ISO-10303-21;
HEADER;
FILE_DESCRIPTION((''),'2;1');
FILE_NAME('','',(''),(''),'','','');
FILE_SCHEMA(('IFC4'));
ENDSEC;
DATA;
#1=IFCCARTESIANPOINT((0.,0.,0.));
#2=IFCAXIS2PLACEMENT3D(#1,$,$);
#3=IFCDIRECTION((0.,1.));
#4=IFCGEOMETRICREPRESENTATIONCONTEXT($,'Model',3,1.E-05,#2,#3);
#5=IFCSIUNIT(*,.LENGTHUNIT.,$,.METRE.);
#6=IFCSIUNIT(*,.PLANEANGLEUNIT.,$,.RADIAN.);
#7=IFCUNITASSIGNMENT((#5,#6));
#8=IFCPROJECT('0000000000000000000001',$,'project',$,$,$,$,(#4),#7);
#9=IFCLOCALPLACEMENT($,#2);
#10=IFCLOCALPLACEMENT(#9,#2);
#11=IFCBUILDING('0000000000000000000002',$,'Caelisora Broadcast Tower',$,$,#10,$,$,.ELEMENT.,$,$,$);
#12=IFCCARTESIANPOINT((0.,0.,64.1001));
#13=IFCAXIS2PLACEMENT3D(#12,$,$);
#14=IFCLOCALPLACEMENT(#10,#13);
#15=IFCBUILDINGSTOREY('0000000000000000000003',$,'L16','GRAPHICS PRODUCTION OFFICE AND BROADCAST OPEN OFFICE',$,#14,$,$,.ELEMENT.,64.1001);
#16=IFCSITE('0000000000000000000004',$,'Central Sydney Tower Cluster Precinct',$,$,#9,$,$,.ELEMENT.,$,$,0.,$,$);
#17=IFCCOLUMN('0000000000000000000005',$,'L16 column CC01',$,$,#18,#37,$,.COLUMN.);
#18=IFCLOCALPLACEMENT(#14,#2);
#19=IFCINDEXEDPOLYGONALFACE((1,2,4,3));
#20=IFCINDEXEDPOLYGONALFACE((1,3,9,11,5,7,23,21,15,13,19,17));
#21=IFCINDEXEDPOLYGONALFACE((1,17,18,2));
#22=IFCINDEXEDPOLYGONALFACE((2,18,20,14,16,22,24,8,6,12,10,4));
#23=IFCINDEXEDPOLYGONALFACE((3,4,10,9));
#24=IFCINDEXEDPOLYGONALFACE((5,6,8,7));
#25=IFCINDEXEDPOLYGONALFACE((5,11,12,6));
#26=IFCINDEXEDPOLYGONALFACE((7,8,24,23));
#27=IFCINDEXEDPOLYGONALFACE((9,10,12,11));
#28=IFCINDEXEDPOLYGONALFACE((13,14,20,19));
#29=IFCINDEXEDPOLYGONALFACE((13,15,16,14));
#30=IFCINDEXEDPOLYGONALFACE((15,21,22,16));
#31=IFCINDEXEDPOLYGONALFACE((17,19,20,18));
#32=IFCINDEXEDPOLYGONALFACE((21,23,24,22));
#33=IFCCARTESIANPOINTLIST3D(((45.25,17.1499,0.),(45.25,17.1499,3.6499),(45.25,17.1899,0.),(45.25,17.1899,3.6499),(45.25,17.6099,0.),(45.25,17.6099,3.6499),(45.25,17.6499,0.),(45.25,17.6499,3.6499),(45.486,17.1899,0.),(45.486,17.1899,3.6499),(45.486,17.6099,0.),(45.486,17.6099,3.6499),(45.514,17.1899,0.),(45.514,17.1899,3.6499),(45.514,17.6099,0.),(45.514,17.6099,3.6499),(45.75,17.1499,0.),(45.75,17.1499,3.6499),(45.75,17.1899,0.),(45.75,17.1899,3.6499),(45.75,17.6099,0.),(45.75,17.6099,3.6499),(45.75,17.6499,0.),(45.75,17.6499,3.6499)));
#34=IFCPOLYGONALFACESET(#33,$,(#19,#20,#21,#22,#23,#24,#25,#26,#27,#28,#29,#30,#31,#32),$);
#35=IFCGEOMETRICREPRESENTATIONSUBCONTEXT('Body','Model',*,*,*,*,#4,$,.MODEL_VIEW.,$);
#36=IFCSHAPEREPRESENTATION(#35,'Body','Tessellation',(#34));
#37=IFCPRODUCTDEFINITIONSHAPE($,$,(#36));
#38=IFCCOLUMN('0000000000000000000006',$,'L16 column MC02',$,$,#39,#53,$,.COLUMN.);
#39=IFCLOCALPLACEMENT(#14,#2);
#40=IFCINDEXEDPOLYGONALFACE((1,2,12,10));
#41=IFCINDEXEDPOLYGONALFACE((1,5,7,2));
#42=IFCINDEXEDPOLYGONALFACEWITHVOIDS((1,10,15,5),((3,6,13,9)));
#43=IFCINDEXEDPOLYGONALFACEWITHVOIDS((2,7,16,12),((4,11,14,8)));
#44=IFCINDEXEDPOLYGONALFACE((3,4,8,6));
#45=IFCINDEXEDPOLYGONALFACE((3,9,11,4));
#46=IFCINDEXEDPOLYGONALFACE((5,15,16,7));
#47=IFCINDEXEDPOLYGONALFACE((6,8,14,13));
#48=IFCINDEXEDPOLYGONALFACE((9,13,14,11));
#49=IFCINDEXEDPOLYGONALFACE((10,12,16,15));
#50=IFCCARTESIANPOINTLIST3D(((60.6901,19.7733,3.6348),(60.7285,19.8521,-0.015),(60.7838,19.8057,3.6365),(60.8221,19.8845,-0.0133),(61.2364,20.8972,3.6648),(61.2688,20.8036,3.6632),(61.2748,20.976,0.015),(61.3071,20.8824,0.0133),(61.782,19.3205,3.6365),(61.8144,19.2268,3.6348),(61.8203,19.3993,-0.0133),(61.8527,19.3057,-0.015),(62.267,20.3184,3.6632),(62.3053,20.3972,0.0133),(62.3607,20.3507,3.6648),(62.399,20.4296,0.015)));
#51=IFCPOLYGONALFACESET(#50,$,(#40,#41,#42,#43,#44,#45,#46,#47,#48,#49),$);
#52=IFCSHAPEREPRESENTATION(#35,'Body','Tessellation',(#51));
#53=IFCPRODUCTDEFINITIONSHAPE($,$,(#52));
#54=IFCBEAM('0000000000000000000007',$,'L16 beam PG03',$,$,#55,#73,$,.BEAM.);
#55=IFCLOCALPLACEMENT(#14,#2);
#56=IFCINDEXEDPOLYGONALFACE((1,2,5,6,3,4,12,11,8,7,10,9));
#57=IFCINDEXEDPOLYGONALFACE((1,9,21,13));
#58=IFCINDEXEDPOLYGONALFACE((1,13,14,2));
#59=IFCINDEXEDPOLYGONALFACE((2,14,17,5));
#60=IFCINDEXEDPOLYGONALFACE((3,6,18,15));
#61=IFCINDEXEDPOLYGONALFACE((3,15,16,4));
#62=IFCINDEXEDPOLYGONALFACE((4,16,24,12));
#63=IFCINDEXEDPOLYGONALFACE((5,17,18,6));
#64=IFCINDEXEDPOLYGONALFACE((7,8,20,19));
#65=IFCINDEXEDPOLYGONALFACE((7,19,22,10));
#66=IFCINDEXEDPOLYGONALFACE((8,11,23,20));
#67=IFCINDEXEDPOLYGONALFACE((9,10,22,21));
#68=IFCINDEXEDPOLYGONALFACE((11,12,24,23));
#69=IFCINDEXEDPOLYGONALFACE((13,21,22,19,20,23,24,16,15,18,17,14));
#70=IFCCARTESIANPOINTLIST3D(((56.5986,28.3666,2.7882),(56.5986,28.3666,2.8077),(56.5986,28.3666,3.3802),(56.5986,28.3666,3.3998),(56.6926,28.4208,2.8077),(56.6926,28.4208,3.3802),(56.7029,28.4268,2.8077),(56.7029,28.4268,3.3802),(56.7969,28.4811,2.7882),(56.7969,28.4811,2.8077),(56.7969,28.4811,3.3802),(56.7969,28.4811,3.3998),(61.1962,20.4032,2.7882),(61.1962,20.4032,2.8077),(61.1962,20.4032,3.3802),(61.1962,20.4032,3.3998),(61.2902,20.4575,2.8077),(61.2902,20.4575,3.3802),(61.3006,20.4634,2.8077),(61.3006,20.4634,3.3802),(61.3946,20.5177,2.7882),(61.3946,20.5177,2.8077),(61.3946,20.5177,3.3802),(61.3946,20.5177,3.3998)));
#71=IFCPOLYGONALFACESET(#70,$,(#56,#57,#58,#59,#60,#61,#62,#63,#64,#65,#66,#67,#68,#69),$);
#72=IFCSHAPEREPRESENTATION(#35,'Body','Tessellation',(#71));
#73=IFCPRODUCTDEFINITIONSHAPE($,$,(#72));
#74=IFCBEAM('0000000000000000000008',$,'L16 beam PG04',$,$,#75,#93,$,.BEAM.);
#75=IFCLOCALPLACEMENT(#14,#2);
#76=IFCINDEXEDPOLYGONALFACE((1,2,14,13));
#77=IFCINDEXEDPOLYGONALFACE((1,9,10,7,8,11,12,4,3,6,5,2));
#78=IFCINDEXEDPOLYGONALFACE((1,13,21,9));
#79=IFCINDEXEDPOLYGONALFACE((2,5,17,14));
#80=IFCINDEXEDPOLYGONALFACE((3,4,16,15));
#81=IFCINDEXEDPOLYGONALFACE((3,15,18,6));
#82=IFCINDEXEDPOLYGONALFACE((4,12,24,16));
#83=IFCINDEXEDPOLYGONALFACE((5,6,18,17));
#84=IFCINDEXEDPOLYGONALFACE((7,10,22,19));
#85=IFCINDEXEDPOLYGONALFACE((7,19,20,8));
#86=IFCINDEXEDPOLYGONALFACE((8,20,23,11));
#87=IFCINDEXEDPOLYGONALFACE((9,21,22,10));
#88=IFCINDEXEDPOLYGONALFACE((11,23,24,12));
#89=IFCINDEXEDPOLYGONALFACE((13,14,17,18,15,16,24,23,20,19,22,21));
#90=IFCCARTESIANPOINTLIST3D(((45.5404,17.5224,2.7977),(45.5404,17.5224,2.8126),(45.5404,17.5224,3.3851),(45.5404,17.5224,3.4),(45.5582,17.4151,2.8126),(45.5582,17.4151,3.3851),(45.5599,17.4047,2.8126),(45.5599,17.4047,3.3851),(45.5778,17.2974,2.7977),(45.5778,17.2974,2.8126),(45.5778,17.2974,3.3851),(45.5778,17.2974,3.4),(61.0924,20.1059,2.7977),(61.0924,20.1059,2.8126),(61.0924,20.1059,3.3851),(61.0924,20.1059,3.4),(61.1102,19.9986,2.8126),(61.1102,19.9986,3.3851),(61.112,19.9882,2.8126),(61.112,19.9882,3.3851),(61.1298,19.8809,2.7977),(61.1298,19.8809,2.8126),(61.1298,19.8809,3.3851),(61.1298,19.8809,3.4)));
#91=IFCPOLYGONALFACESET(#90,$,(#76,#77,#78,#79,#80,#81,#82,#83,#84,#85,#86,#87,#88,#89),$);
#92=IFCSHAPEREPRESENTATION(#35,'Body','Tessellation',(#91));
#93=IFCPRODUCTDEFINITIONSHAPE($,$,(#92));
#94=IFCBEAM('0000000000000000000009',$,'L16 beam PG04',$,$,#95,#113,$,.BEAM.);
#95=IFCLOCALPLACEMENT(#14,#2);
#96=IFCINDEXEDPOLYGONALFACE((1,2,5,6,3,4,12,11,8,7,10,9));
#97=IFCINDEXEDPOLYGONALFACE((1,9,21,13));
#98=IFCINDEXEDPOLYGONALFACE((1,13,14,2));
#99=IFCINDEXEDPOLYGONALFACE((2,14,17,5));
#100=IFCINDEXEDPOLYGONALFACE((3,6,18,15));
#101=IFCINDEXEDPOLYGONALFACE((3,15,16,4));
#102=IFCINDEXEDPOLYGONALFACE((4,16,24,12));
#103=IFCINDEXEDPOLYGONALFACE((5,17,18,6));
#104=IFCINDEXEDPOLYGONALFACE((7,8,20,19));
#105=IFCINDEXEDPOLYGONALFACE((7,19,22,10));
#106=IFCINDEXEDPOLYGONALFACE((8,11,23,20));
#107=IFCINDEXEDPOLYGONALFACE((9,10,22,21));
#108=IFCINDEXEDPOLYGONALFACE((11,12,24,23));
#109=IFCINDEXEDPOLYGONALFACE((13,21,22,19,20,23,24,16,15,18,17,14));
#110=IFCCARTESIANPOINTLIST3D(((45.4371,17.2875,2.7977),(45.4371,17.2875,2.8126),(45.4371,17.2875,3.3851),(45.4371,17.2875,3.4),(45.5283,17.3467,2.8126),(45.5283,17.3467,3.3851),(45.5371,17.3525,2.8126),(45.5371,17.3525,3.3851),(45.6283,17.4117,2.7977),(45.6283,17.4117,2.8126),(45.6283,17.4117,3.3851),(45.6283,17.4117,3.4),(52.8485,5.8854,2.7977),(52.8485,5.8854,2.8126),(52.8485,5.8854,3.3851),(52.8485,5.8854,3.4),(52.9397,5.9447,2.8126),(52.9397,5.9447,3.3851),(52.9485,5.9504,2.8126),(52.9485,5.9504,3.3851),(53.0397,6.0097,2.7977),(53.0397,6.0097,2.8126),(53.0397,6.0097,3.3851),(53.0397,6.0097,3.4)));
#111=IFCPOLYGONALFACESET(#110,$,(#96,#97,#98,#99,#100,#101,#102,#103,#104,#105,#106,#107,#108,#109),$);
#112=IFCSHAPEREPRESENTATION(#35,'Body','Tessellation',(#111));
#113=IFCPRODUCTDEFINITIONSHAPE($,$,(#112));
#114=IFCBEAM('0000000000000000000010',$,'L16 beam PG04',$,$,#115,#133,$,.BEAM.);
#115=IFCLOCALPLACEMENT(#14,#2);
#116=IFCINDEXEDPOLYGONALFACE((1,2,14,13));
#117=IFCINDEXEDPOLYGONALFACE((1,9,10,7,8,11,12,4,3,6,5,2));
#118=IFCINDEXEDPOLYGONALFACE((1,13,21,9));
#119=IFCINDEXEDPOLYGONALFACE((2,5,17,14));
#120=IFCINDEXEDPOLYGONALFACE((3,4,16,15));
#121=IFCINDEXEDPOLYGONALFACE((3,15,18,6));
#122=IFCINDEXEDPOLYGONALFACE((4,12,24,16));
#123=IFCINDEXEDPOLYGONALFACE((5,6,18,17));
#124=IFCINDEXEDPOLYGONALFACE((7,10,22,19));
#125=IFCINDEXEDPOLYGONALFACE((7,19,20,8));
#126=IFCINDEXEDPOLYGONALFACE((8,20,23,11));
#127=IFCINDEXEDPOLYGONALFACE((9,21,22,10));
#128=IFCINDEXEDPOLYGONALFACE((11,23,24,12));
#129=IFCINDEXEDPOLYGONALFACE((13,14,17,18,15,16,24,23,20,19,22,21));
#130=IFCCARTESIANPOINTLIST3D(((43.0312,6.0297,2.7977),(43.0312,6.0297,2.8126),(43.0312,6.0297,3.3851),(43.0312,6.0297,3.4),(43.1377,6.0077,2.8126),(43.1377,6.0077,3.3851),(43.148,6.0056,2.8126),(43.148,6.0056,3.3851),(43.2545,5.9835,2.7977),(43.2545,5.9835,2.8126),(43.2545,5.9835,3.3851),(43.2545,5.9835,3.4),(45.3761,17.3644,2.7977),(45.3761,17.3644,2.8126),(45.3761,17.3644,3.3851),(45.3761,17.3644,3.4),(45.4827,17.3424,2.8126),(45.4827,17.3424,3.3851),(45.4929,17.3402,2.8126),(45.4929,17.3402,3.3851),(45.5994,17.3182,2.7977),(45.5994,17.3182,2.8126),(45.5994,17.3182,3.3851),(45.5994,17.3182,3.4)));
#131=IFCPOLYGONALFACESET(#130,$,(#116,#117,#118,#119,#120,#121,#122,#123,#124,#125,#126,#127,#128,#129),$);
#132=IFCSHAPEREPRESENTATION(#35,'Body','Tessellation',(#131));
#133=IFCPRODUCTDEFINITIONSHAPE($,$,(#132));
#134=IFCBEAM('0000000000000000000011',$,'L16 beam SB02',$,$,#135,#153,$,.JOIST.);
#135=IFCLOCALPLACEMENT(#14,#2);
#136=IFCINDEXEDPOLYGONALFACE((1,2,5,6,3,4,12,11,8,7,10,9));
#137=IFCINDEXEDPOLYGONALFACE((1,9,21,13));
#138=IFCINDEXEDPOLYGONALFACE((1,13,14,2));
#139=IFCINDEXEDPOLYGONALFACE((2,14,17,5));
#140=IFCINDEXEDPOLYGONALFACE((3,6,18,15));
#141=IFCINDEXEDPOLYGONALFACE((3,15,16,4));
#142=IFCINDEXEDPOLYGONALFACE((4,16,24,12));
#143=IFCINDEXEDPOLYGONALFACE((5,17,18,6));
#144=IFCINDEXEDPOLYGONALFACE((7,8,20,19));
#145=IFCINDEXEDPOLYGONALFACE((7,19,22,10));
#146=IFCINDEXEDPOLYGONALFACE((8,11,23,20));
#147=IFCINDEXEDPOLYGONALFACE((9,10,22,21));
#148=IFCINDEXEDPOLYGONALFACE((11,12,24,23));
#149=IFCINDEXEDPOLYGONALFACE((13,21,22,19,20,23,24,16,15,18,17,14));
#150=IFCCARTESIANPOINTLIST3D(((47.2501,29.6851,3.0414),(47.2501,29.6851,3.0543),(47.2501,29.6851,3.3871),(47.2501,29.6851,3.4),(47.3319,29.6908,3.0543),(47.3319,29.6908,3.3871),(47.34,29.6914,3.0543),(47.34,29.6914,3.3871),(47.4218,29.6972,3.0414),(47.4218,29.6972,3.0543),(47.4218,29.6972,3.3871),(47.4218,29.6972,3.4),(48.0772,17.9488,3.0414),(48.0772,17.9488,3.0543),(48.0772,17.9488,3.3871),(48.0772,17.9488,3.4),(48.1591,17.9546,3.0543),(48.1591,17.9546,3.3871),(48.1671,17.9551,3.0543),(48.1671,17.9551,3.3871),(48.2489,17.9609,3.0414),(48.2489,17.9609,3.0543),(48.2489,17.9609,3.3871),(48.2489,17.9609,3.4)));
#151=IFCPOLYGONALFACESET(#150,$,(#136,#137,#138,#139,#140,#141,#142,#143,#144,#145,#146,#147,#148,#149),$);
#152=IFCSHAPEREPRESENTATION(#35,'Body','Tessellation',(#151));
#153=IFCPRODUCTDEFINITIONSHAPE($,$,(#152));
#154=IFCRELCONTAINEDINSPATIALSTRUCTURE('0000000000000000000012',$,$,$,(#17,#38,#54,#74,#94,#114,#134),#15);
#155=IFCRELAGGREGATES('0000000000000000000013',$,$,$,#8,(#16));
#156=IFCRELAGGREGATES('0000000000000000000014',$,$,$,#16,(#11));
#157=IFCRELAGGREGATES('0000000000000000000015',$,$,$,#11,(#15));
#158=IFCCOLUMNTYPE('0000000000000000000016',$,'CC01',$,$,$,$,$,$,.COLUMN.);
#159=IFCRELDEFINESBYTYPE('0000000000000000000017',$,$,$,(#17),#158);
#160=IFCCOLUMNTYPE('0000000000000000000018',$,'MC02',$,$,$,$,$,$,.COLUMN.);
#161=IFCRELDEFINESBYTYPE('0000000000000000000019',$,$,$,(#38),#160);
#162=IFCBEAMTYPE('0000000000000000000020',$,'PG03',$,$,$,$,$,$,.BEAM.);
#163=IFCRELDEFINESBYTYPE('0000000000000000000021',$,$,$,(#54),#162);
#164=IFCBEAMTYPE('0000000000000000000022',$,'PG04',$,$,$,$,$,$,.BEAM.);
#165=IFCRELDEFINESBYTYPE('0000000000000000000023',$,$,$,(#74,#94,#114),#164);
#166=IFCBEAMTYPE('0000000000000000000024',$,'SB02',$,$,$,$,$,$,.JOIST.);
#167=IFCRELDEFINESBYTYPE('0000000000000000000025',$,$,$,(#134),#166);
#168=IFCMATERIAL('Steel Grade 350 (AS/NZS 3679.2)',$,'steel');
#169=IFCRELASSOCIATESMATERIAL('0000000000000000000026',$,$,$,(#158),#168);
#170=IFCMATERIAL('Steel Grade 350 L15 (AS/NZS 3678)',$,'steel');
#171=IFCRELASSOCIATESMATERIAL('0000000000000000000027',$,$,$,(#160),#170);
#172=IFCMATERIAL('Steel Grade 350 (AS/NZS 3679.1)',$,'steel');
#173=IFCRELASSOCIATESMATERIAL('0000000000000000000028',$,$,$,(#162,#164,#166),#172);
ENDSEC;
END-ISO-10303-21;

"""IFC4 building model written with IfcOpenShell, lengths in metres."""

from ifc_helpers import new_model, si_unit, direction, frame, origin, origin_2d, place, context, subcontext, project, spatial, hollow_rectangle, i_section, extrude, source, transform, mapped, material, material_profile, profile_set, type_object, type_shapes, element, save


model = new_model("IFC4")

# Units and contexts
model_context = context("Model", 3, precision=1e-05, world=origin(), true_north=direction((0.0, 1.0)))
body_context = subcontext(model_context, "Body", "Model", "MODEL_VIEW")
ifc_project = project(units=[si_unit("LENGTHUNIT", "METRE"), si_unit("PLANEANGLEUNIT", "RADIAN")], contexts=[model_context])

# Site, building, storey
site_placement = place(None, origin())
site = spatial("IfcSite", under=ifc_project, at=site_placement, Name="Central Sydney Tower Cluster Precinct", CompositionType="ELEMENT", RefElevation=0.0)
building_placement = place(site_placement, origin())
building = spatial("IfcBuilding", under=site, at=building_placement, Name="Caelisora Broadcast Tower", CompositionType="ELEMENT")
storey_placement = place(building_placement, frame((0.0, 0.0, 64.1001)))
storey = spatial("IfcBuildingStorey", under=building, at=storey_placement, Name="L16", Description="GRAPHICS PRODUCTION OFFICE AND BROADCAST OPEN OFFICE", CompositionType="ELEMENT", Elevation=64.1001)

# Columns
ifc_material_1 = material(Name="Steel Grade 350 (AS/NZS 3679.2)", Category="steel")
ifc_material_profile_1 = material_profile(ifc_material_1, i_section(OverallWidth=0.5, OverallDepth=0.5, WebThickness=0.0281, FlangeThickness=0.04, at=origin_2d()), Name="Steel Grade 350 (AS/NZS 3679.2)")
ifc_profile_set_1 = profile_set([ifc_material_profile_1], Name="Steel Grade 350 (AS/NZS 3679.2)")
column_type_1 = type_object("IfcColumnType", Name="CC01", PredefinedType="COLUMN", material=ifc_profile_set_1)
shared_shape_1 = source(origin(), body_context, "Body", "SweptSolid", [
    extrude(i_section(OverallWidth=0.5, OverallDepth=0.5, WebThickness=0.0281, FlangeThickness=0.04, at=origin_2d()), origin(), (0.0, 0.0, 1.0), 3.6499),
])
type_shapes(column_type_1, [shared_shape_1])
column_1_placement = place(storey_placement, frame((45.5, 17.3999, 0.0), z_axis=(0.0, 0.0, 1.0), x_axis=(1.0, 0.0, 0.0)))
element("IfcColumn", 1, at=column_1_placement, inside=storey, type_object=column_type_1, Name="L16 column CC01", PredefinedType="COLUMN", context=body_context, shape_type="MappedRepresentation", body=[
    mapped(shared_shape_1, transform((0.0, 0.0, 0.0), scale=1.0)),
])
ifc_material_2 = material(Name="Steel Grade 350 L15 (AS/NZS 3678)", Category="steel")
ifc_material_profile_2 = material_profile(ifc_material_2, hollow_rectangle(XDim=1.25, YDim=1.25, WallThickness=0.0701, at=origin_2d()), Name="Steel Grade 350 L15 (AS/NZS 3678)")
ifc_profile_set_2 = profile_set([ifc_material_profile_2], Name="Steel Grade 350 L15 (AS/NZS 3678)")
column_type_2 = type_object("IfcColumnType", Name="MC02", PredefinedType="COLUMN", material=ifc_profile_set_2)
shared_shape_2 = source(origin(), body_context, "Body", "SweptSolid", [
    extrude(hollow_rectangle(XDim=1.25, YDim=1.25, WallThickness=0.0701, at=origin_2d()), origin(), (0.0, 0.0, 1.0), 3.6509),
])
type_shapes(column_type_2, [shared_shape_2])
column_2_placement = place(storey_placement, frame((61.5637, 20.1409, 0.0), z_axis=(-0.010499, -0.021599, 0.999712), x_axis=(0.899383, -0.437161, 0.0)))
element("IfcColumn", 2, at=column_2_placement, inside=storey, type_object=column_type_2, Name="L16 column MC02", PredefinedType="COLUMN", context=body_context, shape_type="MappedRepresentation", body=[
    mapped(shared_shape_2, transform((0.0, 0.0, 0.0), scale=1.0)),
])

# Beams
ifc_material_3 = material(Name="Steel Grade 350 (AS/NZS 3679.1)", Category="steel")
ifc_material_profile_3 = material_profile(ifc_material_3, i_section(OverallWidth=0.229, OverallDepth=0.6116, WebThickness=0.012, FlangeThickness=0.0195, at=origin_2d()), Name="Steel Grade 350 (AS/NZS 3679.1)")
ifc_profile_set_3 = profile_set([ifc_material_profile_3], Name="Steel Grade 350 (AS/NZS 3679.1)")
beam_type_1 = type_object("IfcBeamType", Name="PG03", PredefinedType="BEAM", material=ifc_profile_set_3)
shared_shape_3 = source(origin(), body_context, "Body", "SweptSolid", [
    extrude(i_section(OverallWidth=0.229, OverallDepth=0.6116, WebThickness=0.012, FlangeThickness=0.0195, at=origin_2d()), origin(), (0.0, 0.0, 1.0), 9.1953),
])
type_shapes(beam_type_1, [shared_shape_3])
beam_1_placement = place(storey_placement, frame((61.2954, 20.4604, 3.094), z_axis=(-0.5, 0.866026, 0.0), x_axis=(-0.866026, -0.5, 0.0)))
element("IfcBeam", 3, at=beam_1_placement, inside=storey, type_object=beam_type_1, Name="L16 beam PG03", PredefinedType="BEAM", context=body_context, shape_type="MappedRepresentation", body=[
    mapped(shared_shape_3, transform((0.0, 0.0, 0.0), scale=1.0)),
])
ifc_material_profile_4 = material_profile(ifc_material_3, i_section(OverallWidth=0.228, OverallDepth=0.6023, WebThickness=0.0105, FlangeThickness=0.0149, at=origin_2d()), Name="Steel Grade 350 (AS/NZS 3679.1)")
ifc_profile_set_4 = profile_set([ifc_material_profile_4], Name="Steel Grade 350 (AS/NZS 3679.1)")
beam_type_2 = type_object("IfcBeamType", Name="PG04", PredefinedType="BEAM", material=ifc_profile_set_4)
shared_shape_4 = source(origin(), body_context, "Body", "SweptSolid", [
    extrude(i_section(OverallWidth=0.228, OverallDepth=0.6023, WebThickness=0.0105, FlangeThickness=0.0149, at=origin_2d()), origin(), (0.0, 0.0, 1.0), 15.7651),
])
beam_2_placement = place(storey_placement, frame((45.5591, 17.4099, 3.0989), z_axis=(0.986481, 0.163874, 0.0), x_axis=(-0.163874, 0.986481, 0.0)))
element("IfcBeam", 4, at=beam_2_placement, inside=storey, type_object=beam_type_2, Name="L16 beam PG04", PredefinedType="BEAM", context=body_context, shape_type="MappedRepresentation", body=[
    mapped(shared_shape_4, transform((0.0, 0.0, 0.0), scale=1.0)),
])
shared_shape_5 = source(origin(), body_context, "Body", "SweptSolid", [
    extrude(i_section(OverallWidth=0.228, OverallDepth=0.6023, WebThickness=0.0105, FlangeThickness=0.0149, at=origin_2d()), origin(), (0.0, 0.0, 1.0), 13.5991),
])
beam_3_placement = place(storey_placement, frame((45.5327, 17.3496, 3.0989), z_axis=(0.544989, -0.838443, 0.0), x_axis=(0.838443, 0.544989, 0.0)))
element("IfcBeam", 5, at=beam_3_placement, inside=storey, type_object=beam_type_2, Name="L16 beam PG04", PredefinedType="BEAM", context=body_context, shape_type="MappedRepresentation", body=[
    mapped(shared_shape_5, transform((0.0, 0.0, 0.0), scale=1.0)),
])
shared_shape_6 = source(origin(), body_context, "Body", "SweptSolid", [
    extrude(i_section(OverallWidth=0.228, OverallDepth=0.6023, WebThickness=0.0105, FlangeThickness=0.0149, at=origin_2d()), origin(), (0.0, 0.0, 1.0), 11.5747),
])
type_shapes(beam_type_2, [shared_shape_4, shared_shape_5, shared_shape_6])
beam_4_placement = place(storey_placement, frame((45.4878, 17.3413, 3.0989), z_axis=(-0.202594, -0.979263, 0.0), x_axis=(0.979263, -0.202594, 0.0)))
element("IfcBeam", 6, at=beam_4_placement, inside=storey, type_object=beam_type_2, Name="L16 beam PG04", PredefinedType="BEAM", context=body_context, shape_type="MappedRepresentation", body=[
    mapped(shared_shape_6, transform((0.0, 0.0, 0.0), scale=1.0)),
])
ifc_material_profile_5 = material_profile(ifc_material_3, i_section(OverallWidth=0.1721, OverallDepth=0.3586, WebThickness=0.0081, FlangeThickness=0.0129, at=origin_2d()), Name="Steel Grade 350 (AS/NZS 3679.1)")
ifc_profile_set_5 = profile_set([ifc_material_profile_5], Name="Steel Grade 350 (AS/NZS 3679.1)")
beam_type_3 = type_object("IfcBeamType", Name="SB02", PredefinedType="JOIST", material=ifc_profile_set_5)
shared_shape_7 = source(origin(), body_context, "Body", "SweptSolid", [
    extrude(i_section(OverallWidth=0.1721, OverallDepth=0.3586, WebThickness=0.0081, FlangeThickness=0.0129, at=origin_2d()), origin(), (0.0, 0.0, 1.0), 11.7654),
])
beam_5_placement = place(storey_placement, frame((48.1631, 17.9548, 3.2207), z_axis=(-0.070303, 0.997526, 0.0), x_axis=(-0.997526, -0.070303, 0.0)))
element("IfcBeam", 7, at=beam_5_placement, inside=storey, type_object=beam_type_3, Name="L16 beam SB02", PredefinedType="JOIST", context=body_context, shape_type="MappedRepresentation", body=[
    mapped(shared_shape_7, transform((0.0, 0.0, 0.0), scale=1.0)),
])

save(model, "model.ifc")
